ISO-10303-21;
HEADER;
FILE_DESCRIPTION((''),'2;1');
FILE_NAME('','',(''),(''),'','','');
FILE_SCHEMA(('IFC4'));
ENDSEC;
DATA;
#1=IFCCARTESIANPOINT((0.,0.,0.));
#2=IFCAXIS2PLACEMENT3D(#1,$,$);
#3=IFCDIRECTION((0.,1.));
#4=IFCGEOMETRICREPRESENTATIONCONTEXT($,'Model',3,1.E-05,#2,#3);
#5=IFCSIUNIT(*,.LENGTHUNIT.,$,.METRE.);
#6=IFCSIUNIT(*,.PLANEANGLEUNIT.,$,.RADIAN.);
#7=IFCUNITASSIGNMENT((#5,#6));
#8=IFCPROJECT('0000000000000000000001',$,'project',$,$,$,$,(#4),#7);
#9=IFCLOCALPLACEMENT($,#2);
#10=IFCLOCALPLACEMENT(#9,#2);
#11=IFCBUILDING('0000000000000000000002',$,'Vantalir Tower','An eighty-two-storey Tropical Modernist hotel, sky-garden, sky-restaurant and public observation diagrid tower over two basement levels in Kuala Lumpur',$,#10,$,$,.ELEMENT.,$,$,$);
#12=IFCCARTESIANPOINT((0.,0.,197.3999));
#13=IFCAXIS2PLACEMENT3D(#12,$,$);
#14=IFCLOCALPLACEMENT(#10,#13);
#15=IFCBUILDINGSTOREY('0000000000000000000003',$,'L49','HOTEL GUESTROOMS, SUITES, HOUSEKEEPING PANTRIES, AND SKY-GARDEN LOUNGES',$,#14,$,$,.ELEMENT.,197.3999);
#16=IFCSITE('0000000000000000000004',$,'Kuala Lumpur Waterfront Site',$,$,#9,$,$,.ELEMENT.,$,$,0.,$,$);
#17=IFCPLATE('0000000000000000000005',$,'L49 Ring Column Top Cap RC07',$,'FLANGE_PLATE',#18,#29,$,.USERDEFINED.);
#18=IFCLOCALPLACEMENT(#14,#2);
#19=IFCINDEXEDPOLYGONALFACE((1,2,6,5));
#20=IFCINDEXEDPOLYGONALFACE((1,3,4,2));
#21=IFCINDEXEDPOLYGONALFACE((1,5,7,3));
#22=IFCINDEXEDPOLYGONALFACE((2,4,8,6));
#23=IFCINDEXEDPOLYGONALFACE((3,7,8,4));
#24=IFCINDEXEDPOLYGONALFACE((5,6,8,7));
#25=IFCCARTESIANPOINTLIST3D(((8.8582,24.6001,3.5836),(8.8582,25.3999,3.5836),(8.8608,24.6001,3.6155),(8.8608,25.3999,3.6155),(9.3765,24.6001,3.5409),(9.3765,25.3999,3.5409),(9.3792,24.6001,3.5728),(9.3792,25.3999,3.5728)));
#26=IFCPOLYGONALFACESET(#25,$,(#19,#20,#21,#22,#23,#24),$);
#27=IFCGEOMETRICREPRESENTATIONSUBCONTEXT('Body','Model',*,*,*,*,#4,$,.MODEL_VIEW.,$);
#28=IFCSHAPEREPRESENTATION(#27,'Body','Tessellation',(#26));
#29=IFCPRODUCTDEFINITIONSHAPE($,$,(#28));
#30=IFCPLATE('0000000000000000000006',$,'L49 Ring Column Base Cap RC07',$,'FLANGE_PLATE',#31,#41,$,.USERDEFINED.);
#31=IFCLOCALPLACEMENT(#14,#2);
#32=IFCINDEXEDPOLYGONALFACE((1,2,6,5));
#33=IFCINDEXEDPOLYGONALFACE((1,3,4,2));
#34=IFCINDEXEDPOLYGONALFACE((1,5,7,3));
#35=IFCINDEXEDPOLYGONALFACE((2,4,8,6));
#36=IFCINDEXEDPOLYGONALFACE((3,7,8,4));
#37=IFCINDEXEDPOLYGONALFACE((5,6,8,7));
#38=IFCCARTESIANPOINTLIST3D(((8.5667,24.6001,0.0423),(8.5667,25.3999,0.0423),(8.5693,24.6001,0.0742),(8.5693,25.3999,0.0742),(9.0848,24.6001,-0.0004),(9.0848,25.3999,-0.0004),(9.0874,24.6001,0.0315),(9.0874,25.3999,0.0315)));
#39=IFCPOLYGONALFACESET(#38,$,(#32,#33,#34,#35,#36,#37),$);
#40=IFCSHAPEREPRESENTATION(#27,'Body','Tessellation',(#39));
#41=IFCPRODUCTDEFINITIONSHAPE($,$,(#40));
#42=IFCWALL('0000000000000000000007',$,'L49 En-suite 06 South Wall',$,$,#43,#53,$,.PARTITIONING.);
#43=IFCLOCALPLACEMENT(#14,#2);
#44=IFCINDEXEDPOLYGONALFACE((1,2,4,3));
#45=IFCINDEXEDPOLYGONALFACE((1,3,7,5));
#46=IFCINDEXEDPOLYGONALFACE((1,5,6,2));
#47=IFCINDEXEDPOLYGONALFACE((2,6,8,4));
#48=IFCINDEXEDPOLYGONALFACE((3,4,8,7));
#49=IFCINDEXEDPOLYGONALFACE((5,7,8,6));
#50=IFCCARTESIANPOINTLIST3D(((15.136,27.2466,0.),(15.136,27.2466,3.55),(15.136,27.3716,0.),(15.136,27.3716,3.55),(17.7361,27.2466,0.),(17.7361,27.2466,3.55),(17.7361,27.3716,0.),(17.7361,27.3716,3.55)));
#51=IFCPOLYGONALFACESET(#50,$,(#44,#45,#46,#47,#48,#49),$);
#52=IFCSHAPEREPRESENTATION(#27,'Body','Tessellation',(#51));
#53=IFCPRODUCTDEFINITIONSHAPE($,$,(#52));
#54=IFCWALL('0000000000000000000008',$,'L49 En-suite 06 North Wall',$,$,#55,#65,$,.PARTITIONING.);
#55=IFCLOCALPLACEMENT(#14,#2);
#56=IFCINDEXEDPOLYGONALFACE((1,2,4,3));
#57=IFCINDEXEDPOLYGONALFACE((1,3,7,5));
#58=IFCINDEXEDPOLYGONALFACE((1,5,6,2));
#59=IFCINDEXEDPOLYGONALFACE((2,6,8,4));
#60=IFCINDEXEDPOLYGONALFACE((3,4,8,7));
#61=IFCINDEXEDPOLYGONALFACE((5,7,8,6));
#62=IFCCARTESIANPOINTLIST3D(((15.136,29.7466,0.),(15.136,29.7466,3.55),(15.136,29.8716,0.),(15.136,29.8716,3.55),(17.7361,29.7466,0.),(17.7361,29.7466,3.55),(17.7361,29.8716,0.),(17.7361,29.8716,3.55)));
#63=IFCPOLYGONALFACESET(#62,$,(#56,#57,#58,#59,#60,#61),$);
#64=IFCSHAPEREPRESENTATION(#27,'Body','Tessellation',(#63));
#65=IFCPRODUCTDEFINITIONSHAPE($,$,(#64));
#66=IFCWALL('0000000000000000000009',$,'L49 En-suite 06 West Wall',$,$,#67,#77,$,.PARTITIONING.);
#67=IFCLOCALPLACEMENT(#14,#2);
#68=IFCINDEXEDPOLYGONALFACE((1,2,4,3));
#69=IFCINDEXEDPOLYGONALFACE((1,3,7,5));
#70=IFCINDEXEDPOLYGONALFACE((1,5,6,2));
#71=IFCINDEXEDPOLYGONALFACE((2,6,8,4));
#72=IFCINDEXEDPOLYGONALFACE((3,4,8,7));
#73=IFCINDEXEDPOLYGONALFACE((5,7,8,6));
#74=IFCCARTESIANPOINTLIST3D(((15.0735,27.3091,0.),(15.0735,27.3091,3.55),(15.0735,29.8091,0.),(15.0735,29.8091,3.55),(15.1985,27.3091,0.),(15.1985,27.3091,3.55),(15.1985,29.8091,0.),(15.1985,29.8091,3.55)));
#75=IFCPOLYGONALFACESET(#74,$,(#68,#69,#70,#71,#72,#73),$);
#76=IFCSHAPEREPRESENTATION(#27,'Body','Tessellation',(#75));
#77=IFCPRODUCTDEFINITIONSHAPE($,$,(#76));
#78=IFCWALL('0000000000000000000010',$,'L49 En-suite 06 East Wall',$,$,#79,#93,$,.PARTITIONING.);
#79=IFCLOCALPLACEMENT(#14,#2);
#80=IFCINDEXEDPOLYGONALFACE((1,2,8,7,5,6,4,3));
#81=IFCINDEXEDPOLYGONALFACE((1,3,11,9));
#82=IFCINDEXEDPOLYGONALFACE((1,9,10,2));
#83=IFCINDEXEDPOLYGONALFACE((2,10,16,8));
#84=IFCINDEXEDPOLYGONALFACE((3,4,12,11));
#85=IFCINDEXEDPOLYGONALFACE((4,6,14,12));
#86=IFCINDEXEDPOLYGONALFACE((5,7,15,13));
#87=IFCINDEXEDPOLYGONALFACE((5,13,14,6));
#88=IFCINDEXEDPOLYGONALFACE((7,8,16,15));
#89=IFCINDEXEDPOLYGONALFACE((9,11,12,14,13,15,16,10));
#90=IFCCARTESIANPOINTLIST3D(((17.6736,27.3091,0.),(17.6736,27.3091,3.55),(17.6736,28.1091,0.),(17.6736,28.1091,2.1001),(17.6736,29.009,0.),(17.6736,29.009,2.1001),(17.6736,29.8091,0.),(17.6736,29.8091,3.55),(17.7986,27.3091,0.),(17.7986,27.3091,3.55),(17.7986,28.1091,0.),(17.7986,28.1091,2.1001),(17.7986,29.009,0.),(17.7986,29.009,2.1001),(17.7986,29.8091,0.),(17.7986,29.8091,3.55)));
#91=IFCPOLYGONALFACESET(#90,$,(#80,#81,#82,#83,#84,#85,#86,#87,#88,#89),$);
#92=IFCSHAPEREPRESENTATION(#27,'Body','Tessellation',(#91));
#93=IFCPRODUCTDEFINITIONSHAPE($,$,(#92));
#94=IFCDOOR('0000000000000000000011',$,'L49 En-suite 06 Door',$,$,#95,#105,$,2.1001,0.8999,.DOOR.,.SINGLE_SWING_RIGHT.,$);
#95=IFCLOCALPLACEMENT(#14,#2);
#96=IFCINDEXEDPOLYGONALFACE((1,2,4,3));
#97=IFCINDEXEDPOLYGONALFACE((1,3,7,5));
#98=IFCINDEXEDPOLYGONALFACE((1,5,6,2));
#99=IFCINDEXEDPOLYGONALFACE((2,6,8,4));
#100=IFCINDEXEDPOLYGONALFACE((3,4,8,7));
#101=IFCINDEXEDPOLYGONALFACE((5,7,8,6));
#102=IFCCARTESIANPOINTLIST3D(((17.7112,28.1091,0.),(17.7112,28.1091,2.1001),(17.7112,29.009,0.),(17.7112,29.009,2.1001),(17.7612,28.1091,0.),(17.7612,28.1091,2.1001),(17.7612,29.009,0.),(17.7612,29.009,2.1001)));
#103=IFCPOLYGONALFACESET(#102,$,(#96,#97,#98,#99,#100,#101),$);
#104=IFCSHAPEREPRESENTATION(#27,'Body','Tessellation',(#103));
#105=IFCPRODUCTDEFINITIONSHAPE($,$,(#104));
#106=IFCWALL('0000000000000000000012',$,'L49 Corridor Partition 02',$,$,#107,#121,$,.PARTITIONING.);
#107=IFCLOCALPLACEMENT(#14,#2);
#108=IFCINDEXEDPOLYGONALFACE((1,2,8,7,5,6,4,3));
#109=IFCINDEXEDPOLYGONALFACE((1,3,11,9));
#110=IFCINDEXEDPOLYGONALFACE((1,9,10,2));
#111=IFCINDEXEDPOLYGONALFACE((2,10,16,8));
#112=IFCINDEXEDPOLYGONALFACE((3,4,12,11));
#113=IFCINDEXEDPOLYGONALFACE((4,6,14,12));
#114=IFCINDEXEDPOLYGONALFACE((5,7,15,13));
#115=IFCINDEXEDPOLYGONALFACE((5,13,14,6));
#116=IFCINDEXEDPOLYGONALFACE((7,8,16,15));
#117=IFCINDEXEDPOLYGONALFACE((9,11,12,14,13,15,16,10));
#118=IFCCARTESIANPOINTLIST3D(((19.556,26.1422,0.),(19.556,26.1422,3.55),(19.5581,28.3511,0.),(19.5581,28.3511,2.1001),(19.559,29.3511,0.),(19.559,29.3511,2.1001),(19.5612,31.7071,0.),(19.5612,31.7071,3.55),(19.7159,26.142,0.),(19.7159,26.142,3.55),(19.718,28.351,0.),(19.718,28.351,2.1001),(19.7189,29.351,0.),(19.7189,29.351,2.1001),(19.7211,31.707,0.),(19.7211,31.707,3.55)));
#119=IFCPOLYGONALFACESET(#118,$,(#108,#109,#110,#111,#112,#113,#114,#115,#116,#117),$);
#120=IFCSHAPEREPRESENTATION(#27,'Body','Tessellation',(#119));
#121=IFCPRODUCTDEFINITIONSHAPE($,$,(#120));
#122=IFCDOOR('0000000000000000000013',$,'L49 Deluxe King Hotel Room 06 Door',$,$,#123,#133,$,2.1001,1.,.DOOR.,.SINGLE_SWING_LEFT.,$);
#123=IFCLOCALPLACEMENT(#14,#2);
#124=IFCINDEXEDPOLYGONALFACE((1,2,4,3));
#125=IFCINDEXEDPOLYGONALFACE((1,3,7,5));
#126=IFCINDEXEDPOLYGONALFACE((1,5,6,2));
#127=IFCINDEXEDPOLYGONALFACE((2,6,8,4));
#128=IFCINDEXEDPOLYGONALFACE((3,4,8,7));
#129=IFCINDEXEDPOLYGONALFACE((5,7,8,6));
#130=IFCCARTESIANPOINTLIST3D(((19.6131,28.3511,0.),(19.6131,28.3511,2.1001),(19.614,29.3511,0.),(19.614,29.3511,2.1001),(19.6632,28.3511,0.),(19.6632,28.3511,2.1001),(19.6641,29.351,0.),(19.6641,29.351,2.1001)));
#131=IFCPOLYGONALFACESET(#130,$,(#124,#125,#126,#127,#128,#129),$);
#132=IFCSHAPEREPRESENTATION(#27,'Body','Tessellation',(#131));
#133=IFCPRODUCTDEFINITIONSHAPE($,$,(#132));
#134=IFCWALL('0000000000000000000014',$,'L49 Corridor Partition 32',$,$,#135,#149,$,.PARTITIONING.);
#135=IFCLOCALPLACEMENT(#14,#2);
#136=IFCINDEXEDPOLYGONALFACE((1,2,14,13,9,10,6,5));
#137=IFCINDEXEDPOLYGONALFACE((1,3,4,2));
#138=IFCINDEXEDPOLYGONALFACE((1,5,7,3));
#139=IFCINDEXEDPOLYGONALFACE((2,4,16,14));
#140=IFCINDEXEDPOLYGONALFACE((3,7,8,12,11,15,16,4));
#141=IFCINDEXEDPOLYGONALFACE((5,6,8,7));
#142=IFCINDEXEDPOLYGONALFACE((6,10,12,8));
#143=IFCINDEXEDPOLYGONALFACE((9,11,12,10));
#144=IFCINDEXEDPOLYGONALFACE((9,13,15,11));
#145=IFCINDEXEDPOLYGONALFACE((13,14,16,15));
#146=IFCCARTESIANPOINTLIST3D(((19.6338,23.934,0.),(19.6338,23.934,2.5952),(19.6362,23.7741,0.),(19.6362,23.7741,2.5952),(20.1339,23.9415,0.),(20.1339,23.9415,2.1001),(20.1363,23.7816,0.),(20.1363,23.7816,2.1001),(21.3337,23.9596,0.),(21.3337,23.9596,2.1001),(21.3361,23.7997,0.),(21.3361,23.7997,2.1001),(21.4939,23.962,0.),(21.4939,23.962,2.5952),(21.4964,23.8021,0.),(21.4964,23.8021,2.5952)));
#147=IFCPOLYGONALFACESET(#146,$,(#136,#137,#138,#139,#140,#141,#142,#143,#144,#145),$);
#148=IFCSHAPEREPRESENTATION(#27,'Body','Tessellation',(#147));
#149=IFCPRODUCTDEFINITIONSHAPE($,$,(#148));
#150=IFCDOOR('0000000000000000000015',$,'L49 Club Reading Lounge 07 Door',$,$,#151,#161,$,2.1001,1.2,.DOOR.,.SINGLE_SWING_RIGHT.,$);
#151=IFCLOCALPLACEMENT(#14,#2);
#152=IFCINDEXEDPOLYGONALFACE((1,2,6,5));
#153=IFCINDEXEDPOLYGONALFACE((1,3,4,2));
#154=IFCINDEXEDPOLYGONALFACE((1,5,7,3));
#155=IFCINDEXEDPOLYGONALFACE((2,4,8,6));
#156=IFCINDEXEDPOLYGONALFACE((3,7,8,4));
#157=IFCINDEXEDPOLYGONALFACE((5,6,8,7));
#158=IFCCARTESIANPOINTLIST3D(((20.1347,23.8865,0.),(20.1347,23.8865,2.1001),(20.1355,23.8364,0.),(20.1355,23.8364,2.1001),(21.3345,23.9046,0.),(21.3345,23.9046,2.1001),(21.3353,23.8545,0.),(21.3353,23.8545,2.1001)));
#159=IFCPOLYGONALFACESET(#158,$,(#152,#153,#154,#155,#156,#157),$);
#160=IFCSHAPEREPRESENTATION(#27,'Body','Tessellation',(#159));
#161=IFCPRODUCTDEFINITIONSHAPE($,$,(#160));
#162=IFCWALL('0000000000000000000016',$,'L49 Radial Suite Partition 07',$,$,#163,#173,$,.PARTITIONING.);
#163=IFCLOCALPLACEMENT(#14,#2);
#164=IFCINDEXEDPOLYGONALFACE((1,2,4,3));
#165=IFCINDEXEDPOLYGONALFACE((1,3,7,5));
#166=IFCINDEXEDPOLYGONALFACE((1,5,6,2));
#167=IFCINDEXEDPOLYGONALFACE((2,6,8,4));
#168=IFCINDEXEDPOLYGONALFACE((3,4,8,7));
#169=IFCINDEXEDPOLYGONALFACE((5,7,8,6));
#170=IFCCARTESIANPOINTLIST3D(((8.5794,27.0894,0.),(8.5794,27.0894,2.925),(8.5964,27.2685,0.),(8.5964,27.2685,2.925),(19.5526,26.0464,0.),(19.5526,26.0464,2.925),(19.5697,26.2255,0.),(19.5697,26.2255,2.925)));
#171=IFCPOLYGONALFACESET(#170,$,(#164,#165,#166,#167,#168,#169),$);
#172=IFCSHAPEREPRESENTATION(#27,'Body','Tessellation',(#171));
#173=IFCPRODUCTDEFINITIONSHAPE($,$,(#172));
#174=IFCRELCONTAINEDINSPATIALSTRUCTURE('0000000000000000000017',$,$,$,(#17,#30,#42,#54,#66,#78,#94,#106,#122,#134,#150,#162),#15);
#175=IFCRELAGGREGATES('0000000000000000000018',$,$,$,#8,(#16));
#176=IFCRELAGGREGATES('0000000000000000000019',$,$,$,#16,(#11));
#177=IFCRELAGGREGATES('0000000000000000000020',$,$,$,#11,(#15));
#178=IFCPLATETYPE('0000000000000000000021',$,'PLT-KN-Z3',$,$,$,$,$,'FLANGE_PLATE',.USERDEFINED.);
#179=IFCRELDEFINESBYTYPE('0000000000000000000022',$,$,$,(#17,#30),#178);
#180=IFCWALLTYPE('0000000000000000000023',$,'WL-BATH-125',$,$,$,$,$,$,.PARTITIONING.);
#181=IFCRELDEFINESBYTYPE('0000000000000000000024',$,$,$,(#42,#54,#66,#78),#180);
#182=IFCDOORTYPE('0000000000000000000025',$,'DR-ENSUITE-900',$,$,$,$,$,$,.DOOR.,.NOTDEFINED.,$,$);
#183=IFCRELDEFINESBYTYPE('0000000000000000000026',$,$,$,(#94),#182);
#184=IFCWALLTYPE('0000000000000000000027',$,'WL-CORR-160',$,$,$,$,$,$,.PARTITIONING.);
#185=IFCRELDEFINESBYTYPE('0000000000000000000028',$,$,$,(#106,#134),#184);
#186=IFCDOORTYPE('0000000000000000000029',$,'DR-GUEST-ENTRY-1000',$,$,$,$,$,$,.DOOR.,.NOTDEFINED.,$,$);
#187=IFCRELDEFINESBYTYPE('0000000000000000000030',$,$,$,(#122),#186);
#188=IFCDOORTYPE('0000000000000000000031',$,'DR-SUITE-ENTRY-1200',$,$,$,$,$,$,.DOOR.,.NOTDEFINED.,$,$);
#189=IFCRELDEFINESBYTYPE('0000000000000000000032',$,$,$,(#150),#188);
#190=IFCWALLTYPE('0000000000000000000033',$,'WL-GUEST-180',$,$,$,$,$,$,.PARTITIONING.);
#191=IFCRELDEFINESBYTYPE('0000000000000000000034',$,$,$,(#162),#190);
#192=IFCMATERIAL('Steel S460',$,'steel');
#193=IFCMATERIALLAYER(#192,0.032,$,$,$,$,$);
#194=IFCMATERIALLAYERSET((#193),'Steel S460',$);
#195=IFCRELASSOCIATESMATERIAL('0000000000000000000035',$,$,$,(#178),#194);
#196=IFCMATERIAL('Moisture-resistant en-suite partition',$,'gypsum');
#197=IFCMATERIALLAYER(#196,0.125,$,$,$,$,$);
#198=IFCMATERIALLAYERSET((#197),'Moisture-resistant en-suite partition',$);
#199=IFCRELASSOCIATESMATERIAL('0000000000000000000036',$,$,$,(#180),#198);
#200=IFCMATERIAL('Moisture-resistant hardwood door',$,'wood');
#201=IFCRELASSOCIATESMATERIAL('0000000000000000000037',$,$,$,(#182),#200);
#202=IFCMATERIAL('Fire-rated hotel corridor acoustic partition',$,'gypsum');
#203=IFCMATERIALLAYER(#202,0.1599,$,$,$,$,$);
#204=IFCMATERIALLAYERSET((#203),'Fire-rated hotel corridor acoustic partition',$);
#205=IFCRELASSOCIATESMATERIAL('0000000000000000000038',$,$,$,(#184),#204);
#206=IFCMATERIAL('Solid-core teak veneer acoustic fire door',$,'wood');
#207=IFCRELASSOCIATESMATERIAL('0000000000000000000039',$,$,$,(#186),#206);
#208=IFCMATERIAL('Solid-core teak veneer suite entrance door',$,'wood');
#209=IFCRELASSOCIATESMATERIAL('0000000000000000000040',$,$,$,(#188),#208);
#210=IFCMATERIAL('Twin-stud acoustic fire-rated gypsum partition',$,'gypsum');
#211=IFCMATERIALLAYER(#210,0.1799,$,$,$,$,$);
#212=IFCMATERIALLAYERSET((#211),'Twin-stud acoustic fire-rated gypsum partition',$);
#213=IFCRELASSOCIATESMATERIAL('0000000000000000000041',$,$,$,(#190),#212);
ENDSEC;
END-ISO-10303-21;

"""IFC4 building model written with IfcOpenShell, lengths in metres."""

from ifc_helpers import new_model, si_unit, direction, frame, frame_2d, origin, place, context, subcontext, project, spatial, polyline, rectangle, outline, extrude, material, layer, layer_set, type_object, element, fill, save


model = new_model("IFC4")

# Units and contexts
model_context = context("Model", 3, precision=1e-05, world=origin(), true_north=direction((0.0, 1.0)))
body_context = subcontext(model_context, "Body", "Model", "MODEL_VIEW")
ifc_project = project(units=[si_unit("LENGTHUNIT", "METRE"), si_unit("PLANEANGLEUNIT", "RADIAN")], contexts=[model_context])

# Site, building, storey
site_placement = place(None, origin())
site = spatial("IfcSite", under=ifc_project, at=site_placement, Name="Kuala Lumpur Waterfront Site", CompositionType="ELEMENT", RefElevation=0.0)
building_placement = place(site_placement, origin())
building = spatial("IfcBuilding", under=site, at=building_placement, Name="Vantalir Tower", Description="An eighty-two-storey Tropical Modernist hotel, sky-garden, sky-restaurant and public observation diagrid tower over two basement levels in Kuala Lumpur", CompositionType="ELEMENT")
storey_placement = place(building_placement, frame((0.0, 0.0, 197.3999)))
storey = spatial("IfcBuildingStorey", under=building, at=storey_placement, Name="L49", Description="HOTEL GUESTROOMS, SUITES, HOUSEKEEPING PANTRIES, AND SKY-GARDEN LOUNGES", CompositionType="ELEMENT", Elevation=197.3999)

# Shared definitions
ifc_material_1 = material(Name="Steel S460", Category="steel")

# Plates
ifc_layer_1 = layer(ifc_material_1, 0.032)
ifc_layer_set_1 = layer_set([ifc_layer_1], Name="Steel S460")
plate_type_1 = type_object("IfcPlateType", Name="PLT-KN-Z3", ElementType="FLANGE_PLATE", PredefinedType="USERDEFINED", material=ifc_layer_set_1)
plate_1_placement = place(storey_placement, frame((8.8608, 25.3999, 3.6155), z_axis=(0.082152, 0.0, 0.99662), x_axis=(0.0, -1.0, 0.0)))
element("IfcPlate", 1, at=plate_1_placement, inside=storey, type_object=plate_type_1, Name="L49 Ring Column Top Cap RC07", ObjectType="FLANGE_PLATE", PredefinedType="USERDEFINED", context=body_context, shape_type="SweptSolid", body=[
    extrude(outline(polyline([(0.0, 0.0), (0.7998, 0.0), (0.7998, 0.5201), (0.0, 0.5201), (0.0, 0.0)])), origin(), (0.0, 0.0, -1.0), 0.032),
])
plate_2_placement = place(storey_placement, frame((8.5693, 25.3999, 0.0742), z_axis=(0.08219, 0.0, 0.996617), x_axis=(0.0, -1.0, 0.0)))
element("IfcPlate", 2, at=plate_2_placement, inside=storey, type_object=plate_type_1, Name="L49 Ring Column Base Cap RC07", ObjectType="FLANGE_PLATE", PredefinedType="USERDEFINED", context=body_context, shape_type="SweptSolid", body=[
    extrude(outline(polyline([(0.0, 0.0), (0.7998, 0.0), (0.7998, 0.5198), (0.0, 0.5198), (0.0, 0.0)])), origin(), (0.0, 0.0, -1.0), 0.032),
])

# Walls
ifc_material_2 = material(Name="Moisture-resistant en-suite partition", Category="gypsum")
ifc_layer_2 = layer(ifc_material_2, 0.125)
ifc_layer_set_2 = layer_set([ifc_layer_2], Name="Moisture-resistant en-suite partition")
wall_type_1 = type_object("IfcWallType", Name="WL-BATH-125", PredefinedType="PARTITIONING", material=ifc_layer_set_2)
for number, where, z_axis, x_axis, name in (
    (3, (15.136, 27.3091, 0.0), (0.0, 0.0, 1.0), (1.0, 0.0, 0.0), "L49 En-suite 06 South Wall"),
    (4, (15.136, 29.8091, 0.0), (0.0, 0.0, 1.0), (1.0, 0.0, 0.0), "L49 En-suite 06 North Wall"),
):
    element("IfcWall", number, at=place(storey_placement, frame(where, z_axis=z_axis, x_axis=x_axis)), inside=storey, type_object=wall_type_1, Name=name, PredefinedType="PARTITIONING", context=body_context, shape_type="SweptSolid", body=[
        extrude(rectangle(XDim=2.6001, YDim=0.125, at=frame_2d((1.3, 0.0))), origin(), (0.0, 0.0, 1.0), 3.55),
    ])
wall_1_placement = place(storey_placement, frame((15.136, 27.3091, 0.0), z_axis=(0.0, 0.0, 1.0), x_axis=(0.0, 1.0, 0.0)))
element("IfcWall", 5, at=wall_1_placement, inside=storey, type_object=wall_type_1, Name="L49 En-suite 06 West Wall", PredefinedType="PARTITIONING", context=body_context, shape_type="SweptSolid", body=[
    extrude(rectangle(XDim=2.5, YDim=0.125, at=frame_2d((1.25, 0.0))), origin(), (0.0, 0.0, 1.0), 3.55),
])

# Walls, openings, doors
wall_2_placement = place(storey_placement, frame((17.7361, 27.3091, 0.0), z_axis=(0.0, 0.0, 1.0), x_axis=(0.0, 1.0, 0.0)))
wall_2 = element("IfcWall", 6, at=wall_2_placement, inside=storey, type_object=wall_type_1, Name="L49 En-suite 06 East Wall", PredefinedType="PARTITIONING", context=body_context, shape_type="SweptSolid", body=[
    extrude(rectangle(XDim=2.5, YDim=0.125, at=frame_2d((1.25, 0.0))), origin(), (0.0, 0.0, 1.0), 3.55),
])
opening_1_placement = place(wall_2_placement, frame((0.8, 0.0, 0.0)))
opening_1 = element("IfcOpeningElement", 7, at=opening_1_placement, cuts=wall_2, PredefinedType="OPENING", context=body_context, shape_type="SweptSolid", body=[
    extrude(rectangle(XDim=0.8999, YDim=2.1001, at=frame_2d((0.45, 1.05))), frame((0.0, 0.0725, 0.0), z_axis=(0.0, -1.0, 0.0), x_axis=(1.0, 0.0, 0.0)), (0.0, 0.0, 1.0), 0.145),
])
ifc_material_3 = material(Name="Moisture-resistant hardwood door", Category="wood")
door_type_1 = type_object("IfcDoorType", Name="DR-ENSUITE-900", OperationType="NOTDEFINED", PredefinedType="DOOR", material=ifc_material_3)
door_1_placement = place(opening_1_placement, origin())
door_1 = element("IfcDoor", 8, at=door_1_placement, inside=storey, type_object=door_type_1, Name="L49 En-suite 06 Door", OperationType="SINGLE_SWING_RIGHT", OverallHeight=2.1001, OverallWidth=0.8999, PredefinedType="DOOR", context=body_context, shape_type="SweptSolid", body=[
    extrude(rectangle(XDim=0.8999, YDim=2.1001, at=frame_2d((0.45, 1.05))), frame((0.0, 0.0249, 0.0), z_axis=(0.0, -1.0, 0.0), x_axis=(1.0, 0.0, 0.0)), (0.0, 0.0, 1.0), 0.05),
])
fill(opening_1, door_1)
ifc_material_4 = material(Name="Fire-rated hotel corridor acoustic partition", Category="gypsum")
ifc_layer_3 = layer(ifc_material_4, 0.1599)
ifc_layer_set_3 = layer_set([ifc_layer_3], Name="Fire-rated hotel corridor acoustic partition")
wall_type_2 = type_object("IfcWallType", Name="WL-CORR-160", PredefinedType="PARTITIONING", material=ifc_layer_set_3)
wall_3_placement = place(storey_placement, frame((19.636, 26.1421, 0.0), z_axis=(0.0, 0.0, 1.0), x_axis=(0.000921, 1.0, 0.0)))
wall_3 = element("IfcWall", 9, at=wall_3_placement, inside=storey, type_object=wall_type_2, Name="L49 Corridor Partition 02", PredefinedType="PARTITIONING", context=body_context, shape_type="SweptSolid", body=[
    extrude(rectangle(XDim=5.5649, YDim=0.1599, at=frame_2d((2.7825, 0.0))), origin(), (0.0, 0.0, 1.0), 3.55),
])
opening_2_placement = place(wall_3_placement, frame((2.209, 0.0, 0.0)))
opening_2 = element("IfcOpeningElement", 10, at=opening_2_placement, cuts=wall_3, PredefinedType="OPENING", context=body_context, shape_type="SweptSolid", body=[
    extrude(rectangle(XDim=1.0, YDim=2.1001, at=frame_2d((0.5, 1.05))), frame((0.0, 0.0898, 0.0), z_axis=(0.0, -1.0, 0.0), x_axis=(1.0, 0.0, 0.0)), (0.0, 0.0, 1.0), 0.1799),
])
ifc_material_5 = material(Name="Solid-core teak veneer acoustic fire door", Category="wood")
door_type_2 = type_object("IfcDoorType", Name="DR-GUEST-ENTRY-1000", OperationType="NOTDEFINED", PredefinedType="DOOR", material=ifc_material_5)
door_2_placement = place(opening_2_placement, origin())
door_2 = element("IfcDoor", 11, at=door_2_placement, inside=storey, type_object=door_type_2, Name="L49 Deluxe King Hotel Room 06 Door", OperationType="SINGLE_SWING_LEFT", OverallHeight=2.1001, OverallWidth=1.0, PredefinedType="DOOR", context=body_context, shape_type="SweptSolid", body=[
    extrude(rectangle(XDim=1.0, YDim=2.1001, at=frame_2d((0.5, 1.05))), frame((0.0, 0.0249, 0.0), z_axis=(0.0, -1.0, 0.0), x_axis=(1.0, 0.0, 0.0)), (0.0, 0.0, 1.0), 0.05),
])
fill(opening_2, door_2)
wall_4_placement = place(storey_placement, frame((19.635, 23.854, 0.0), z_axis=(0.0, 0.0, 1.0), x_axis=(0.999886, 0.015092, 0.0)))
wall_4 = element("IfcWall", 12, at=wall_4_placement, inside=storey, type_object=wall_type_2, Name="L49 Corridor Partition 32", PredefinedType="PARTITIONING", context=body_context, shape_type="SweptSolid", body=[
    extrude(rectangle(XDim=1.8604, YDim=0.1599, at=frame_2d((0.9302, 0.0))), origin(), (0.0, 0.0, 1.0), 2.5952),
])
opening_3_placement = place(wall_4_placement, frame((0.5, 0.0, 0.0)))
opening_3 = element("IfcOpeningElement", 13, at=opening_3_placement, cuts=wall_4, PredefinedType="OPENING", context=body_context, shape_type="SweptSolid", body=[
    extrude(rectangle(XDim=1.2, YDim=2.1001, at=frame_2d((0.6001, 1.05))), frame((0.0, 0.0898, 0.0), z_axis=(0.0, -1.0, 0.0), x_axis=(1.0, 0.0, 0.0)), (0.0, 0.0, 1.0), 0.1799),
])
ifc_material_6 = material(Name="Solid-core teak veneer suite entrance door", Category="wood")
door_type_3 = type_object("IfcDoorType", Name="DR-SUITE-ENTRY-1200", OperationType="NOTDEFINED", PredefinedType="DOOR", material=ifc_material_6)
door_3_placement = place(opening_3_placement, origin())
door_3 = element("IfcDoor", 14, at=door_3_placement, inside=storey, type_object=door_type_3, Name="L49 Club Reading Lounge 07 Door", OperationType="SINGLE_SWING_RIGHT", OverallHeight=2.1001, OverallWidth=1.2, PredefinedType="DOOR", context=body_context, shape_type="SweptSolid", body=[
    extrude(rectangle(XDim=1.2, YDim=2.1001, at=frame_2d((0.6001, 1.05))), frame((0.0, 0.0249, 0.0), z_axis=(0.0, -1.0, 0.0), x_axis=(1.0, 0.0, 0.0)), (0.0, 0.0, 1.0), 0.05),
])
fill(opening_3, door_3)

# Wall
ifc_material_7 = material(Name="Twin-stud acoustic fire-rated gypsum partition", Category="gypsum")
ifc_layer_4 = layer(ifc_material_7, 0.1799)
ifc_layer_set_4 = layer_set([ifc_layer_4], Name="Twin-stud acoustic fire-rated gypsum partition")
wall_type_3 = type_object("IfcWallType", Name="WL-GUEST-180", PredefinedType="PARTITIONING", material=ifc_layer_set_4)
wall_5_placement = place(storey_placement, frame((19.561, 26.136, 0.0), z_axis=(0.0, 0.0, 1.0), x_axis=(-0.995513, 0.094621, 0.0)))
element("IfcWall", 15, at=wall_5_placement, inside=storey, type_object=wall_type_3, Name="L49 Radial Suite Partition 07", PredefinedType="PARTITIONING", context=body_context, shape_type="SweptSolid", body=[
    extrude(rectangle(XDim=11.0227, YDim=0.1799, at=frame_2d((5.5112, 0.0))), origin(), (0.0, 0.0, 1.0), 2.925),
])

save(model, "model.ifc")
